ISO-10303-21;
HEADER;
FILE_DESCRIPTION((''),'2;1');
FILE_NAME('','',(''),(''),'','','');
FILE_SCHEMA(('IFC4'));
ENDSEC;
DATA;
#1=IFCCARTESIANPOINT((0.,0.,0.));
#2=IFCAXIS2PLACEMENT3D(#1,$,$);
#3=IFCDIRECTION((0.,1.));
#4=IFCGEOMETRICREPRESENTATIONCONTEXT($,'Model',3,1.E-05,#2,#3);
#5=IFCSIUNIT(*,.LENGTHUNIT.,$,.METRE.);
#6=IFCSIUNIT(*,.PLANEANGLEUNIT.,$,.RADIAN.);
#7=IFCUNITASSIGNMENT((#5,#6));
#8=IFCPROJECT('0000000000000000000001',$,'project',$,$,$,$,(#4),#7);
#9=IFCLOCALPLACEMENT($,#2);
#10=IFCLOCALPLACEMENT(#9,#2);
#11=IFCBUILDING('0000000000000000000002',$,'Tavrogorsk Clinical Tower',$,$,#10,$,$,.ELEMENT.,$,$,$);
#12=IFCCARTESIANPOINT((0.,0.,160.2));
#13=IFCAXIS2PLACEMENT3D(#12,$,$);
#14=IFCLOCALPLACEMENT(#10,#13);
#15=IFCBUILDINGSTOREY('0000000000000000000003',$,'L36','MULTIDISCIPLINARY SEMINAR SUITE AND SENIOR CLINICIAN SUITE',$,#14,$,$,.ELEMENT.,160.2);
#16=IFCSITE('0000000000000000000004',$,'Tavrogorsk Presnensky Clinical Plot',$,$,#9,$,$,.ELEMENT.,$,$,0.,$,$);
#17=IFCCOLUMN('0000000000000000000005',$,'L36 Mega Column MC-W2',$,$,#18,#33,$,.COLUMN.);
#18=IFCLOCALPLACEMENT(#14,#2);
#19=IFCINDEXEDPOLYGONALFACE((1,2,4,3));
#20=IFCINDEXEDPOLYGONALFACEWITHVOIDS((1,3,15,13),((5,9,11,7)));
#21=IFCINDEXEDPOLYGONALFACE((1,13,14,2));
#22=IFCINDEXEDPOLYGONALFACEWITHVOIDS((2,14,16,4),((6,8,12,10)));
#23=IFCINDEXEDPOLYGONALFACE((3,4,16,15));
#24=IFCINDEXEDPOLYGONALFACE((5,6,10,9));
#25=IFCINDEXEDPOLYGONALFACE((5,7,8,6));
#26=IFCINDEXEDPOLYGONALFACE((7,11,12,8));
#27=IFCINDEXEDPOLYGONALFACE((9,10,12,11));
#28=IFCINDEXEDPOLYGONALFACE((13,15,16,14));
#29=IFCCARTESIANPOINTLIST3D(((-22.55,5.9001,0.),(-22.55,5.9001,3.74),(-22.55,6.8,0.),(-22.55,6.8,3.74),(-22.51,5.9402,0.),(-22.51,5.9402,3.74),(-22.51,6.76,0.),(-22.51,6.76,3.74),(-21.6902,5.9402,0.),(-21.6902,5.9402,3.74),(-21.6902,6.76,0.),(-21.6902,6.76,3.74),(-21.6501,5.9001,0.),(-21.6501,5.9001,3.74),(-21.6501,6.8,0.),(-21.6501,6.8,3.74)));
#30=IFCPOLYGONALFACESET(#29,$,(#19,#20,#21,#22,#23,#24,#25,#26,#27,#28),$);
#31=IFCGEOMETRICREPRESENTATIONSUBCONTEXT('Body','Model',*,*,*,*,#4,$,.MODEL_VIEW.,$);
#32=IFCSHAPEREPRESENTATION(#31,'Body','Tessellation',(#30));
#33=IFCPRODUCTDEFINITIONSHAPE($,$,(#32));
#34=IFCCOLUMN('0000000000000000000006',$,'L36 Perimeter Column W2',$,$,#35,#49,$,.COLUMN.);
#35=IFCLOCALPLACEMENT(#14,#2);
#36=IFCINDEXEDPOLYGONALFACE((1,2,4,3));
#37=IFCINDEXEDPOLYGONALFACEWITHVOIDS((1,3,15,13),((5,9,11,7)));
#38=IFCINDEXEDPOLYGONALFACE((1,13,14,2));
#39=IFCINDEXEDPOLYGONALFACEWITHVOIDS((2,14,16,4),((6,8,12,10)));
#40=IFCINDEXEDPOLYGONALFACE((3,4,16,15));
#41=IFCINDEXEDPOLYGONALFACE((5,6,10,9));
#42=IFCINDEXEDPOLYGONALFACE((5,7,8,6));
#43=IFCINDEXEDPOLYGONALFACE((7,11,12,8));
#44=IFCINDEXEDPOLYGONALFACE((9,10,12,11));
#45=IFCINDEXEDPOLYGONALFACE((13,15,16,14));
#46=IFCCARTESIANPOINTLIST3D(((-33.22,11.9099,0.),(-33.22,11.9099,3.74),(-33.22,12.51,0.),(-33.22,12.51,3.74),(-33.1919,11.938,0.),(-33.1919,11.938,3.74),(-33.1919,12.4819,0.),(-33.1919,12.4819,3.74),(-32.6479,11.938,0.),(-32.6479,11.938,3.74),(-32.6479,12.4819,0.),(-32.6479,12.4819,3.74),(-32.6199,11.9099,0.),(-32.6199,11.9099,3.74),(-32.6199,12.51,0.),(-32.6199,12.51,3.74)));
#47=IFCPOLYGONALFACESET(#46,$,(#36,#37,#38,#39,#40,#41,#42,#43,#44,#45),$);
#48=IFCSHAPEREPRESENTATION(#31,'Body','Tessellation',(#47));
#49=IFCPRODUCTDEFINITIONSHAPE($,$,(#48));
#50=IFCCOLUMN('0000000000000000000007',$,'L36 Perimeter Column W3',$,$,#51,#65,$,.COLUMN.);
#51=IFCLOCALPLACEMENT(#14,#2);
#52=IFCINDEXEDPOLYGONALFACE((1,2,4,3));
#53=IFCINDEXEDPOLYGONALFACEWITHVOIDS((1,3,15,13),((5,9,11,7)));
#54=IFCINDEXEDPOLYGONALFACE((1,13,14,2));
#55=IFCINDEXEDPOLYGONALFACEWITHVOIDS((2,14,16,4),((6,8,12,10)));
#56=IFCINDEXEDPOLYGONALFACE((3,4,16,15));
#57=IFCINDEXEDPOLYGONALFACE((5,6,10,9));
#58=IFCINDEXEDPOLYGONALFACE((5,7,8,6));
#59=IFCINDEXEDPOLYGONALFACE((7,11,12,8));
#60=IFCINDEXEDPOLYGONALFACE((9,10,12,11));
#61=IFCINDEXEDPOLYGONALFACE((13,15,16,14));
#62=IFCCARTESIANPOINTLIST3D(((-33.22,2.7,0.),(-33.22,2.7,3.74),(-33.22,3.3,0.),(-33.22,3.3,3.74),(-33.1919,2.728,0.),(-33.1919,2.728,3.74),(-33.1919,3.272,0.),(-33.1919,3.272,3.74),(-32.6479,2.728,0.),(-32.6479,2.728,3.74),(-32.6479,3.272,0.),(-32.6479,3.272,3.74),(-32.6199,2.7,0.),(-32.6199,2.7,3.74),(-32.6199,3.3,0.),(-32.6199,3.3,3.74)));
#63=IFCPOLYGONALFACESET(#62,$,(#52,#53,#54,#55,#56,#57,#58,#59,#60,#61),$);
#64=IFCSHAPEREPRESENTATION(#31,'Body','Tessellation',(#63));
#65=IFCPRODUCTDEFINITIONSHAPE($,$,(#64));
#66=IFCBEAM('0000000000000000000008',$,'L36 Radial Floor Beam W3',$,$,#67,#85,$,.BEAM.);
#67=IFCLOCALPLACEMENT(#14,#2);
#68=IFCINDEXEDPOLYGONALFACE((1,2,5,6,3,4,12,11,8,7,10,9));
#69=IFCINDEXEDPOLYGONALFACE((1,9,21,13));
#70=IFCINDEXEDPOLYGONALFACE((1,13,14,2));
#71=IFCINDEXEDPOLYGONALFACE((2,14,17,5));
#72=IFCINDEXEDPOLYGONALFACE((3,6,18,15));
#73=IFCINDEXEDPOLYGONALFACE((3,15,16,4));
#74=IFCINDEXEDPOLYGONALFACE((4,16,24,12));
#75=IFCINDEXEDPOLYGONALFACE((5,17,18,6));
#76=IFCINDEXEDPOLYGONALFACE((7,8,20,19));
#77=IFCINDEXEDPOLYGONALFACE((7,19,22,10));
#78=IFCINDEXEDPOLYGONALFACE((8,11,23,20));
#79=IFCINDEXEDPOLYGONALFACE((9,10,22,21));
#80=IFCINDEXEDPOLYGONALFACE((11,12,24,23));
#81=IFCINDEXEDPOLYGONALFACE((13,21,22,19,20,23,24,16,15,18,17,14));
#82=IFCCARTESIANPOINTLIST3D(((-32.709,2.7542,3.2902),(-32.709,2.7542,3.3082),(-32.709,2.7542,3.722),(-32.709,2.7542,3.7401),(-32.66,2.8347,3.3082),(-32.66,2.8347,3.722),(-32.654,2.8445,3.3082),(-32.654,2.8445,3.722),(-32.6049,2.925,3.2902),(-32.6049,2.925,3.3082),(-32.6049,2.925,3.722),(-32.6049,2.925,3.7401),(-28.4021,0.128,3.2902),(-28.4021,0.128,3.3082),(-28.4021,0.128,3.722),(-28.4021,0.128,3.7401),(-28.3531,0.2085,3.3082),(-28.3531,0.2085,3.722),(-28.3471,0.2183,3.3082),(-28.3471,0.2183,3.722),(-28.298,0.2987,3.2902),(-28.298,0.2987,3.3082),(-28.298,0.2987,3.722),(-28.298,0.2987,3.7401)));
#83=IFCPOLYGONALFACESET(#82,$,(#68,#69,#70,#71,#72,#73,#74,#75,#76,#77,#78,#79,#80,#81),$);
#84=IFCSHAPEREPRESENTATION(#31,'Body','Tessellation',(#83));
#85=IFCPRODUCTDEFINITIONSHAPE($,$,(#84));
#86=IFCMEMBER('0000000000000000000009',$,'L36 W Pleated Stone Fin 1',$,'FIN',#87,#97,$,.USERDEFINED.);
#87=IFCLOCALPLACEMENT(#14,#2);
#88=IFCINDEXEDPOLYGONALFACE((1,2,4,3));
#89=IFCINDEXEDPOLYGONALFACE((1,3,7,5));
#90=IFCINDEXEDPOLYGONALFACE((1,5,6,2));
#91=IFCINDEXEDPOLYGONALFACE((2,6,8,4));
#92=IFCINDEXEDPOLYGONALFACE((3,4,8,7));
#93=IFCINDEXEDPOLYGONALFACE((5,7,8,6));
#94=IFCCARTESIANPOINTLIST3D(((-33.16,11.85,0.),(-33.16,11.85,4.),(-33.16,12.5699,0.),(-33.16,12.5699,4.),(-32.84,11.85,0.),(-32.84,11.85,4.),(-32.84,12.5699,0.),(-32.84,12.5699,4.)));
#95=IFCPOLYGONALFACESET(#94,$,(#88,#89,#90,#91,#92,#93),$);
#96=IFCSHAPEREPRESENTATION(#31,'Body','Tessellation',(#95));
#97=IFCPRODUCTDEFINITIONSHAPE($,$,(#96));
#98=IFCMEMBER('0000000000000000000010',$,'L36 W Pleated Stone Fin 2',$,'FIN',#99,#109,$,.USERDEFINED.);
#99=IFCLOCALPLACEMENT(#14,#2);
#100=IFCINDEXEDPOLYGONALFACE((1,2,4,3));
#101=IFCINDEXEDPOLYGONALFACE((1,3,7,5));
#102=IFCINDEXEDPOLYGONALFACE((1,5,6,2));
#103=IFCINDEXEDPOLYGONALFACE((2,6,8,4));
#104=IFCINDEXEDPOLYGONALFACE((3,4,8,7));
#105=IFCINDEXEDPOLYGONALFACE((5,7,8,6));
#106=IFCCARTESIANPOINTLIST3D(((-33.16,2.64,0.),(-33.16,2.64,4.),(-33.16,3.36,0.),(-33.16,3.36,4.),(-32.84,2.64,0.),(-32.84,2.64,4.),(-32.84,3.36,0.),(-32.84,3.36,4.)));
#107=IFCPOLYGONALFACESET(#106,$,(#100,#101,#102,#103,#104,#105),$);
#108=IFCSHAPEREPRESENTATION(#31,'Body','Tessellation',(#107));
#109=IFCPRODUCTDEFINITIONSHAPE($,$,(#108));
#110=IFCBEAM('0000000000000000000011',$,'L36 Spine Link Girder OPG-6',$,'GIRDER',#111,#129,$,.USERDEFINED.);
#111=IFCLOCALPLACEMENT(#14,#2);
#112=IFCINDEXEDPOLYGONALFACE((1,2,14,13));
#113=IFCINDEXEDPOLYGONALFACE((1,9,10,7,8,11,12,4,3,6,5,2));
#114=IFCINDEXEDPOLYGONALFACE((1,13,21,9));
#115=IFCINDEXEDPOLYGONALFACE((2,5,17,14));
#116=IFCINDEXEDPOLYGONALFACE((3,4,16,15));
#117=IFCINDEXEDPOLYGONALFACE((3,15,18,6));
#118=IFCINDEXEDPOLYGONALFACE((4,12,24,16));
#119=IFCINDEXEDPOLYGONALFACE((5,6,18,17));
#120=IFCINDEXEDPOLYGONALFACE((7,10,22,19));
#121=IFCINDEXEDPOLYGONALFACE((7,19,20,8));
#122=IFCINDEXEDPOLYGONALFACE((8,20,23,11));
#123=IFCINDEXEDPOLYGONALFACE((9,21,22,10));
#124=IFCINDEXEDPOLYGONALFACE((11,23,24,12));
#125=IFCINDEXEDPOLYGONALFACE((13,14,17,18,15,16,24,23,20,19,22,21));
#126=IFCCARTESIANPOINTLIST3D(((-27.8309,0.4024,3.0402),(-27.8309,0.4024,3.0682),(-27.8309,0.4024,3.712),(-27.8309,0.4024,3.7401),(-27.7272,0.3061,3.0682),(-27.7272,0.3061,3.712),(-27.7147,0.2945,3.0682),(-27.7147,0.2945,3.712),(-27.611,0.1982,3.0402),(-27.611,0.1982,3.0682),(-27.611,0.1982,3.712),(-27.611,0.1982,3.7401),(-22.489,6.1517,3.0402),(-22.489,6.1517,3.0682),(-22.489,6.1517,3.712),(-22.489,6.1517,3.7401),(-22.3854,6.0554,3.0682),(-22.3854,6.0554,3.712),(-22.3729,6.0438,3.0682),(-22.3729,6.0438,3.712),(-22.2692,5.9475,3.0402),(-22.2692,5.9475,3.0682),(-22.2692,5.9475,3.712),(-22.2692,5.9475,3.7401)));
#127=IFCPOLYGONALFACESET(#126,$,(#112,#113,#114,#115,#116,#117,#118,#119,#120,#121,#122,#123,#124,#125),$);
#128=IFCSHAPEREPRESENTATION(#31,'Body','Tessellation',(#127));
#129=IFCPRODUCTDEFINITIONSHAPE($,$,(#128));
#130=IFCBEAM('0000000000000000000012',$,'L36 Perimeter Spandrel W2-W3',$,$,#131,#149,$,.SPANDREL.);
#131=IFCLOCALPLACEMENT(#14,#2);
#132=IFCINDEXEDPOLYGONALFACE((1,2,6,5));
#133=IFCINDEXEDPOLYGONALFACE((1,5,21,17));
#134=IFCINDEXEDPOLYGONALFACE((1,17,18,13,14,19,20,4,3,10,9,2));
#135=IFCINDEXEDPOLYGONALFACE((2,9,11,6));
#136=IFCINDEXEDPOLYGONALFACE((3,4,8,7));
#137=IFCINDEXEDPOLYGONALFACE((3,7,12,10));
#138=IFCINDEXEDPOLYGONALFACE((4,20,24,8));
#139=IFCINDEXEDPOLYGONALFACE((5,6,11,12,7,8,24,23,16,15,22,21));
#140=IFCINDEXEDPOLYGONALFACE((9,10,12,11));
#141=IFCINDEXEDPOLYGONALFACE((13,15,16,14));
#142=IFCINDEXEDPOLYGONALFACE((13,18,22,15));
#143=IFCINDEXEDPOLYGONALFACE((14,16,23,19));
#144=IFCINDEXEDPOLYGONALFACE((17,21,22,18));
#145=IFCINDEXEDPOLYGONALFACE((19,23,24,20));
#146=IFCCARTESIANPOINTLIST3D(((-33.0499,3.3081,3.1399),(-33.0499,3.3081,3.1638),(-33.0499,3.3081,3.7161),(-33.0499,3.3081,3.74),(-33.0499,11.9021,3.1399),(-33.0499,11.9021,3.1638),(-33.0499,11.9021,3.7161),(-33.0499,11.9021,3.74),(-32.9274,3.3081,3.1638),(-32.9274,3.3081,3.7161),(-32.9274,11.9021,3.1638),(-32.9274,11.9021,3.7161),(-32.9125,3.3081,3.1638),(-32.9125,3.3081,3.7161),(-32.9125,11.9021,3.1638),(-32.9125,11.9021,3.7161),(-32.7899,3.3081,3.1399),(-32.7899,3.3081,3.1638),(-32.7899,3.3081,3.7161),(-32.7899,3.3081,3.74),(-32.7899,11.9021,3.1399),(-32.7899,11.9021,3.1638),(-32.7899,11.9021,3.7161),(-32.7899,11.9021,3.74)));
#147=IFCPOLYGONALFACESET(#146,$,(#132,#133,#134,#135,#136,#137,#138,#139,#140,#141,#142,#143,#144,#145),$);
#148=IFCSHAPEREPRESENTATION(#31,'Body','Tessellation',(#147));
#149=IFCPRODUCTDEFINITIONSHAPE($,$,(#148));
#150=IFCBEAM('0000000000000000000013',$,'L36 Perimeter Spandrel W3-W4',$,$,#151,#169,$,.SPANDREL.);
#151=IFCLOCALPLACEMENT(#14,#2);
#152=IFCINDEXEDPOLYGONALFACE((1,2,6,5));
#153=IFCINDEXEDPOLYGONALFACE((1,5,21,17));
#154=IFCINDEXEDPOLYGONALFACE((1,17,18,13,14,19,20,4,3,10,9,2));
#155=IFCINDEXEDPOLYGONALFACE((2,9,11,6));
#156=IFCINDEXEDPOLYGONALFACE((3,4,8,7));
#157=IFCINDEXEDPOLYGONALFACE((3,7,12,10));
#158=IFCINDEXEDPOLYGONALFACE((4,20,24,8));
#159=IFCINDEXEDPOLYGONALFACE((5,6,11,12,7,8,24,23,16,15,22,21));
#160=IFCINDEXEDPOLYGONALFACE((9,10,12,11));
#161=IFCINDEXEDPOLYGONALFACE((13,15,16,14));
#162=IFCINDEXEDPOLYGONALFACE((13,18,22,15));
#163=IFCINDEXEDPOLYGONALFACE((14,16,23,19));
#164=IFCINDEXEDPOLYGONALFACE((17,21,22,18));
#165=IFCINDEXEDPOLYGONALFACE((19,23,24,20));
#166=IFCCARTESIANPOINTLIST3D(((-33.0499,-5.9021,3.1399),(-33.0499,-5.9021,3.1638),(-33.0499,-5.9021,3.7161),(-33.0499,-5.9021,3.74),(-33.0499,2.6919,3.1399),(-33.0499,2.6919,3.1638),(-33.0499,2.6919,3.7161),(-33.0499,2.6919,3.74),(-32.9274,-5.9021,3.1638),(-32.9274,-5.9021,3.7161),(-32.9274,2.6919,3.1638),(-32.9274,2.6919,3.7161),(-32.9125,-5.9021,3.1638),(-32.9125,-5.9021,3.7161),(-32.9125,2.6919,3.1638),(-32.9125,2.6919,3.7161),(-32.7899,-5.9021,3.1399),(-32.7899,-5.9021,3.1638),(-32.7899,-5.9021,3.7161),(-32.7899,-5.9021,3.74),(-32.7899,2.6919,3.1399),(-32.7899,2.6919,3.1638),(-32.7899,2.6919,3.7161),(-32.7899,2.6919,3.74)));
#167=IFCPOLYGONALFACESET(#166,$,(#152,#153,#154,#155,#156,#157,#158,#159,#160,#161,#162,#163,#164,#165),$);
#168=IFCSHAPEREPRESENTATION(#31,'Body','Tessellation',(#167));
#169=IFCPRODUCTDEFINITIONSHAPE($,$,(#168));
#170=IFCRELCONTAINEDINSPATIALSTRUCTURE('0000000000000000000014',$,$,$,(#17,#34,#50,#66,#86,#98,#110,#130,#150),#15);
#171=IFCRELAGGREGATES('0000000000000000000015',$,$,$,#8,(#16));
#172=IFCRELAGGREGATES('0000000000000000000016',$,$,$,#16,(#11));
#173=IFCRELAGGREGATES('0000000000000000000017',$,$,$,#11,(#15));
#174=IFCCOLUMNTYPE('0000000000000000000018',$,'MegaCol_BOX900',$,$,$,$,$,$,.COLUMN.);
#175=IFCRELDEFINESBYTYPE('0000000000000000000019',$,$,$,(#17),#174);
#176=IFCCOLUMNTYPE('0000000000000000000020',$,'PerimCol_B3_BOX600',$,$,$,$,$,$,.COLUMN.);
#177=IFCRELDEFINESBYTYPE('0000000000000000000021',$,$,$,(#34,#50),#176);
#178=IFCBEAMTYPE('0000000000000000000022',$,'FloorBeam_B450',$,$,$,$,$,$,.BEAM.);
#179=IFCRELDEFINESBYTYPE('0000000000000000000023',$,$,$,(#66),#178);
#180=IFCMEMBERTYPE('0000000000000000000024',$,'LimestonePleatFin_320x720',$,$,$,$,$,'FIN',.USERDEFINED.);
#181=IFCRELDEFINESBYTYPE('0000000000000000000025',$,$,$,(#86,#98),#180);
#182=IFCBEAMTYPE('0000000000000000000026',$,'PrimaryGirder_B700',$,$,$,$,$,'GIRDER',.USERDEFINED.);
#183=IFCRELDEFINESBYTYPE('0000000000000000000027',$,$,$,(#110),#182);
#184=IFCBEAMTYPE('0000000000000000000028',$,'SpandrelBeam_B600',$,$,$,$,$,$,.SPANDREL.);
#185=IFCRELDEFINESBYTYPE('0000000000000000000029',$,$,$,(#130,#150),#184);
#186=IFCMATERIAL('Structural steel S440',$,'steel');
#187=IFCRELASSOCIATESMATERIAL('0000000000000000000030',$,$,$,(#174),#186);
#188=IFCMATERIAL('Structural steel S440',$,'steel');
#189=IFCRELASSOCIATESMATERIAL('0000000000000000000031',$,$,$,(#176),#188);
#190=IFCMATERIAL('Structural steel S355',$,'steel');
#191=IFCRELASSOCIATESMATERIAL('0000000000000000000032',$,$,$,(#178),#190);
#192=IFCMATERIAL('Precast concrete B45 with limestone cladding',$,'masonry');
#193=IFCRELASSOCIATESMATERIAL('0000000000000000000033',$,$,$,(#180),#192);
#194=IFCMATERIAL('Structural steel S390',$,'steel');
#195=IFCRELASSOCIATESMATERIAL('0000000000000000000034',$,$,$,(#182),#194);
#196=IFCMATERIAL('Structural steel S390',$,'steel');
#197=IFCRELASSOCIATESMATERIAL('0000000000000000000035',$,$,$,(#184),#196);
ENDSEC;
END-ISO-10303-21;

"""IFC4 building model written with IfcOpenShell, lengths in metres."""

from ifc_helpers import new_model, si_unit, direction, frame, origin, origin_2d, place, context, subcontext, project, spatial, rectangle, hollow_rectangle, i_section, extrude, material, material_profile, profile_set, type_object, element, save


model = new_model("IFC4")

# Units and contexts
model_context = context("Model", 3, precision=1e-05, world=origin(), true_north=direction((0.0, 1.0)))
body_context = subcontext(model_context, "Body", "Model", "MODEL_VIEW")
ifc_project = project(units=[si_unit("LENGTHUNIT", "METRE"), si_unit("PLANEANGLEUNIT", "RADIAN")], contexts=[model_context])

# Site, building, storey
site_placement = place(None, origin())
site = spatial("IfcSite", under=ifc_project, at=site_placement, Name="Tavrogorsk Presnensky Clinical Plot", CompositionType="ELEMENT", RefElevation=0.0)
building_placement = place(site_placement, origin())
building = spatial("IfcBuilding", under=site, at=building_placement, Name="Tavrogorsk Clinical Tower", CompositionType="ELEMENT")
storey_placement = place(building_placement, frame((0.0, 0.0, 160.2)))
storey = spatial("IfcBuildingStorey", under=building, at=storey_placement, Name="L36", Description="MULTIDISCIPLINARY SEMINAR SUITE AND SENIOR CLINICIAN SUITE", CompositionType="ELEMENT", Elevation=160.2)

# Columns
ifc_material_1 = material(Name="Structural steel S440", Category="steel")
ifc_material_profile_1 = material_profile(ifc_material_1, hollow_rectangle(XDim=0.8999, YDim=0.8999, WallThickness=0.04, at=origin_2d()), Name="BOX-900x900x40")
ifc_profile_set_1 = profile_set([ifc_material_profile_1], Name="Structural steel S440")
column_type_1 = type_object("IfcColumnType", Name="MegaCol_BOX900", PredefinedType="COLUMN", material=ifc_profile_set_1)
column_placement = place(storey_placement, frame((-22.1001, 6.3501, 0.0), z_axis=(0.0, 0.0, 1.0), x_axis=(1.0, 0.0, 0.0)))
element("IfcColumn", 1, at=column_placement, inside=storey, type_object=column_type_1, Name="L36 Mega Column MC-W2", PredefinedType="COLUMN", context=body_context, shape_type="SweptSolid", body=[
    extrude(hollow_rectangle(XDim=0.8999, YDim=0.8999, WallThickness=0.04, at=origin_2d()), origin(), (0.0, 0.0, 1.0), 3.74),
])
ifc_material_2 = material(Name="Structural steel S440", Category="steel")
ifc_material_profile_2 = material_profile(ifc_material_2, hollow_rectangle(XDim=0.6001, YDim=0.6001, WallThickness=0.0281, at=origin_2d()), Name="BOX-600x600x28")
ifc_profile_set_2 = profile_set([ifc_material_profile_2], Name="Structural steel S440")
column_type_2 = type_object("IfcColumnType", Name="PerimCol_B3_BOX600", PredefinedType="COLUMN", material=ifc_profile_set_2)
for number, where, z_axis, x_axis, name in (
    (2, (-32.9199, 12.21, 0.0), (0.0, 0.0, 1.0), (1.0, 0.0, 0.0), "L36 Perimeter Column W2"),
    (3, (-32.9199, 3.0, 0.0), (0.0, 0.0, 1.0), (1.0, 0.0, 0.0), "L36 Perimeter Column W3"),
):
    element("IfcColumn", number, at=place(storey_placement, frame(where, z_axis=z_axis, x_axis=x_axis)), inside=storey, type_object=column_type_2, Name=name, PredefinedType="COLUMN", context=body_context, shape_type="SweptSolid", body=[
        extrude(hollow_rectangle(XDim=0.6001, YDim=0.6001, WallThickness=0.0281, at=origin_2d()), origin(), (0.0, 0.0, 1.0), 3.74),
    ])

# Beam
ifc_material_3 = material(Name="Structural steel S355", Category="steel")
ifc_material_profile_3 = material_profile(ifc_material_3, i_section(OverallWidth=0.2, OverallDepth=0.45, WebThickness=0.0115, FlangeThickness=0.0181, at=origin_2d()), Name="B-450x200x11.5x18")
ifc_profile_set_3 = profile_set([ifc_material_profile_3], Name="Structural steel S355")
beam_type_1 = type_object("IfcBeamType", Name="FloorBeam_B450", PredefinedType="BEAM", material=ifc_profile_set_3)
beam_1_placement = place(storey_placement, frame((-28.3501, 0.2134, 3.5151), z_axis=(-0.85379, 0.520618, 0.0), x_axis=(-0.520618, -0.85379, 0.0)))
element("IfcBeam", 4, at=beam_1_placement, inside=storey, type_object=beam_type_1, Name="L36 Radial Floor Beam W3", PredefinedType="BEAM", context=body_context, shape_type="SweptSolid", body=[
    extrude(i_section(OverallWidth=0.2, OverallDepth=0.45, WebThickness=0.0115, FlangeThickness=0.0181, at=origin_2d()), origin(), (0.0, 0.0, 1.0), 5.0444),
])

# Members
ifc_material_4 = material(Name="Precast concrete B45 with limestone cladding", Category="masonry")
ifc_material_profile_4 = material_profile(ifc_material_4, rectangle(XDim=0.3201, YDim=0.72, at=origin_2d()), Name="LIMESTONE-FIN-320x720")
ifc_profile_set_4 = profile_set([ifc_material_profile_4], Name="Precast concrete B45 with limestone cladding")
member_type = type_object("IfcMemberType", Name="LimestonePleatFin_320x720", ElementType="FIN", PredefinedType="USERDEFINED", material=ifc_profile_set_4)
for number, where, z_axis, x_axis, name in (
    (5, (-33.0, 12.21, 0.0), (0.0, 0.0, 1.0), (1.0, 0.0, 0.0), "L36 W Pleated Stone Fin 1"),
    (6, (-33.0, 3.0, 0.0), (0.0, 0.0, 1.0), (1.0, 0.0, 0.0), "L36 W Pleated Stone Fin 2"),
):
    element("IfcMember", number, at=place(storey_placement, frame(where, z_axis=z_axis, x_axis=x_axis)), inside=storey, type_object=member_type, Name=name, ObjectType="FIN", PredefinedType="USERDEFINED", context=body_context, shape_type="SweptSolid", body=[
        extrude(rectangle(XDim=0.3201, YDim=0.72, at=origin_2d()), origin(), (0.0, 0.0, 1.0), 4.0),
    ])

# Beams
ifc_material_5 = material(Name="Structural steel S390", Category="steel")
ifc_material_profile_5 = material_profile(ifc_material_5, i_section(OverallWidth=0.3, OverallDepth=0.7, WebThickness=0.0171, FlangeThickness=0.0281, at=origin_2d()), Name="B-700x300x17x28")
ifc_profile_set_5 = profile_set([ifc_material_profile_5], Name="Structural steel S390")
beam_type_2 = type_object("IfcBeamType", Name="PrimaryGirder_B700", ElementType="GIRDER", PredefinedType="USERDEFINED", material=ifc_profile_set_5)
beam_2_placement = place(storey_placement, frame((-27.7209, 0.3003, 3.3901), z_axis=(0.680669, 0.732591, 0.0), x_axis=(-0.732591, 0.680669, 0.0)))
element("IfcBeam", 7, at=beam_2_placement, inside=storey, type_object=beam_type_2, Name="L36 Spine Link Girder OPG-6", ObjectType="GIRDER", PredefinedType="USERDEFINED", context=body_context, shape_type="SweptSolid", body=[
    extrude(i_section(OverallWidth=0.3, OverallDepth=0.7, WebThickness=0.0171, FlangeThickness=0.0281, at=origin_2d()), origin(), (0.0, 0.0, 1.0), 7.8479),
])
ifc_material_6 = material(Name="Structural steel S390", Category="steel")
ifc_material_profile_6 = material_profile(ifc_material_6, i_section(OverallWidth=0.26, OverallDepth=0.6001, WebThickness=0.0149, FlangeThickness=0.0239, at=origin_2d()), Name="B-600x260x15x24")
ifc_profile_set_6 = profile_set([ifc_material_profile_6], Name="Structural steel S390")
beam_type_3 = type_object("IfcBeamType", Name="SpandrelBeam_B600", PredefinedType="SPANDREL", material=ifc_profile_set_6)
for number, where, z_axis, x_axis, name in (
    (8, (-32.9199, 11.9021, 3.4399), (0.0, -1.0, 0.0), (1.0, 0.0, 0.0), "L36 Perimeter Spandrel W2-W3"),
    (9, (-32.9199, 2.6919, 3.4399), (0.0, -1.0, 0.0), (1.0, 0.0, 0.0), "L36 Perimeter Spandrel W3-W4"),
):
    element("IfcBeam", number, at=place(storey_placement, frame(where, z_axis=z_axis, x_axis=x_axis)), inside=storey, type_object=beam_type_3, Name=name, PredefinedType="SPANDREL", context=body_context, shape_type="SweptSolid", body=[
        extrude(i_section(OverallWidth=0.26, OverallDepth=0.6001, WebThickness=0.0149, FlangeThickness=0.0239, at=origin_2d()), origin(), (0.0, 0.0, 1.0), 8.594),
    ])

save(model, "model.ifc")
